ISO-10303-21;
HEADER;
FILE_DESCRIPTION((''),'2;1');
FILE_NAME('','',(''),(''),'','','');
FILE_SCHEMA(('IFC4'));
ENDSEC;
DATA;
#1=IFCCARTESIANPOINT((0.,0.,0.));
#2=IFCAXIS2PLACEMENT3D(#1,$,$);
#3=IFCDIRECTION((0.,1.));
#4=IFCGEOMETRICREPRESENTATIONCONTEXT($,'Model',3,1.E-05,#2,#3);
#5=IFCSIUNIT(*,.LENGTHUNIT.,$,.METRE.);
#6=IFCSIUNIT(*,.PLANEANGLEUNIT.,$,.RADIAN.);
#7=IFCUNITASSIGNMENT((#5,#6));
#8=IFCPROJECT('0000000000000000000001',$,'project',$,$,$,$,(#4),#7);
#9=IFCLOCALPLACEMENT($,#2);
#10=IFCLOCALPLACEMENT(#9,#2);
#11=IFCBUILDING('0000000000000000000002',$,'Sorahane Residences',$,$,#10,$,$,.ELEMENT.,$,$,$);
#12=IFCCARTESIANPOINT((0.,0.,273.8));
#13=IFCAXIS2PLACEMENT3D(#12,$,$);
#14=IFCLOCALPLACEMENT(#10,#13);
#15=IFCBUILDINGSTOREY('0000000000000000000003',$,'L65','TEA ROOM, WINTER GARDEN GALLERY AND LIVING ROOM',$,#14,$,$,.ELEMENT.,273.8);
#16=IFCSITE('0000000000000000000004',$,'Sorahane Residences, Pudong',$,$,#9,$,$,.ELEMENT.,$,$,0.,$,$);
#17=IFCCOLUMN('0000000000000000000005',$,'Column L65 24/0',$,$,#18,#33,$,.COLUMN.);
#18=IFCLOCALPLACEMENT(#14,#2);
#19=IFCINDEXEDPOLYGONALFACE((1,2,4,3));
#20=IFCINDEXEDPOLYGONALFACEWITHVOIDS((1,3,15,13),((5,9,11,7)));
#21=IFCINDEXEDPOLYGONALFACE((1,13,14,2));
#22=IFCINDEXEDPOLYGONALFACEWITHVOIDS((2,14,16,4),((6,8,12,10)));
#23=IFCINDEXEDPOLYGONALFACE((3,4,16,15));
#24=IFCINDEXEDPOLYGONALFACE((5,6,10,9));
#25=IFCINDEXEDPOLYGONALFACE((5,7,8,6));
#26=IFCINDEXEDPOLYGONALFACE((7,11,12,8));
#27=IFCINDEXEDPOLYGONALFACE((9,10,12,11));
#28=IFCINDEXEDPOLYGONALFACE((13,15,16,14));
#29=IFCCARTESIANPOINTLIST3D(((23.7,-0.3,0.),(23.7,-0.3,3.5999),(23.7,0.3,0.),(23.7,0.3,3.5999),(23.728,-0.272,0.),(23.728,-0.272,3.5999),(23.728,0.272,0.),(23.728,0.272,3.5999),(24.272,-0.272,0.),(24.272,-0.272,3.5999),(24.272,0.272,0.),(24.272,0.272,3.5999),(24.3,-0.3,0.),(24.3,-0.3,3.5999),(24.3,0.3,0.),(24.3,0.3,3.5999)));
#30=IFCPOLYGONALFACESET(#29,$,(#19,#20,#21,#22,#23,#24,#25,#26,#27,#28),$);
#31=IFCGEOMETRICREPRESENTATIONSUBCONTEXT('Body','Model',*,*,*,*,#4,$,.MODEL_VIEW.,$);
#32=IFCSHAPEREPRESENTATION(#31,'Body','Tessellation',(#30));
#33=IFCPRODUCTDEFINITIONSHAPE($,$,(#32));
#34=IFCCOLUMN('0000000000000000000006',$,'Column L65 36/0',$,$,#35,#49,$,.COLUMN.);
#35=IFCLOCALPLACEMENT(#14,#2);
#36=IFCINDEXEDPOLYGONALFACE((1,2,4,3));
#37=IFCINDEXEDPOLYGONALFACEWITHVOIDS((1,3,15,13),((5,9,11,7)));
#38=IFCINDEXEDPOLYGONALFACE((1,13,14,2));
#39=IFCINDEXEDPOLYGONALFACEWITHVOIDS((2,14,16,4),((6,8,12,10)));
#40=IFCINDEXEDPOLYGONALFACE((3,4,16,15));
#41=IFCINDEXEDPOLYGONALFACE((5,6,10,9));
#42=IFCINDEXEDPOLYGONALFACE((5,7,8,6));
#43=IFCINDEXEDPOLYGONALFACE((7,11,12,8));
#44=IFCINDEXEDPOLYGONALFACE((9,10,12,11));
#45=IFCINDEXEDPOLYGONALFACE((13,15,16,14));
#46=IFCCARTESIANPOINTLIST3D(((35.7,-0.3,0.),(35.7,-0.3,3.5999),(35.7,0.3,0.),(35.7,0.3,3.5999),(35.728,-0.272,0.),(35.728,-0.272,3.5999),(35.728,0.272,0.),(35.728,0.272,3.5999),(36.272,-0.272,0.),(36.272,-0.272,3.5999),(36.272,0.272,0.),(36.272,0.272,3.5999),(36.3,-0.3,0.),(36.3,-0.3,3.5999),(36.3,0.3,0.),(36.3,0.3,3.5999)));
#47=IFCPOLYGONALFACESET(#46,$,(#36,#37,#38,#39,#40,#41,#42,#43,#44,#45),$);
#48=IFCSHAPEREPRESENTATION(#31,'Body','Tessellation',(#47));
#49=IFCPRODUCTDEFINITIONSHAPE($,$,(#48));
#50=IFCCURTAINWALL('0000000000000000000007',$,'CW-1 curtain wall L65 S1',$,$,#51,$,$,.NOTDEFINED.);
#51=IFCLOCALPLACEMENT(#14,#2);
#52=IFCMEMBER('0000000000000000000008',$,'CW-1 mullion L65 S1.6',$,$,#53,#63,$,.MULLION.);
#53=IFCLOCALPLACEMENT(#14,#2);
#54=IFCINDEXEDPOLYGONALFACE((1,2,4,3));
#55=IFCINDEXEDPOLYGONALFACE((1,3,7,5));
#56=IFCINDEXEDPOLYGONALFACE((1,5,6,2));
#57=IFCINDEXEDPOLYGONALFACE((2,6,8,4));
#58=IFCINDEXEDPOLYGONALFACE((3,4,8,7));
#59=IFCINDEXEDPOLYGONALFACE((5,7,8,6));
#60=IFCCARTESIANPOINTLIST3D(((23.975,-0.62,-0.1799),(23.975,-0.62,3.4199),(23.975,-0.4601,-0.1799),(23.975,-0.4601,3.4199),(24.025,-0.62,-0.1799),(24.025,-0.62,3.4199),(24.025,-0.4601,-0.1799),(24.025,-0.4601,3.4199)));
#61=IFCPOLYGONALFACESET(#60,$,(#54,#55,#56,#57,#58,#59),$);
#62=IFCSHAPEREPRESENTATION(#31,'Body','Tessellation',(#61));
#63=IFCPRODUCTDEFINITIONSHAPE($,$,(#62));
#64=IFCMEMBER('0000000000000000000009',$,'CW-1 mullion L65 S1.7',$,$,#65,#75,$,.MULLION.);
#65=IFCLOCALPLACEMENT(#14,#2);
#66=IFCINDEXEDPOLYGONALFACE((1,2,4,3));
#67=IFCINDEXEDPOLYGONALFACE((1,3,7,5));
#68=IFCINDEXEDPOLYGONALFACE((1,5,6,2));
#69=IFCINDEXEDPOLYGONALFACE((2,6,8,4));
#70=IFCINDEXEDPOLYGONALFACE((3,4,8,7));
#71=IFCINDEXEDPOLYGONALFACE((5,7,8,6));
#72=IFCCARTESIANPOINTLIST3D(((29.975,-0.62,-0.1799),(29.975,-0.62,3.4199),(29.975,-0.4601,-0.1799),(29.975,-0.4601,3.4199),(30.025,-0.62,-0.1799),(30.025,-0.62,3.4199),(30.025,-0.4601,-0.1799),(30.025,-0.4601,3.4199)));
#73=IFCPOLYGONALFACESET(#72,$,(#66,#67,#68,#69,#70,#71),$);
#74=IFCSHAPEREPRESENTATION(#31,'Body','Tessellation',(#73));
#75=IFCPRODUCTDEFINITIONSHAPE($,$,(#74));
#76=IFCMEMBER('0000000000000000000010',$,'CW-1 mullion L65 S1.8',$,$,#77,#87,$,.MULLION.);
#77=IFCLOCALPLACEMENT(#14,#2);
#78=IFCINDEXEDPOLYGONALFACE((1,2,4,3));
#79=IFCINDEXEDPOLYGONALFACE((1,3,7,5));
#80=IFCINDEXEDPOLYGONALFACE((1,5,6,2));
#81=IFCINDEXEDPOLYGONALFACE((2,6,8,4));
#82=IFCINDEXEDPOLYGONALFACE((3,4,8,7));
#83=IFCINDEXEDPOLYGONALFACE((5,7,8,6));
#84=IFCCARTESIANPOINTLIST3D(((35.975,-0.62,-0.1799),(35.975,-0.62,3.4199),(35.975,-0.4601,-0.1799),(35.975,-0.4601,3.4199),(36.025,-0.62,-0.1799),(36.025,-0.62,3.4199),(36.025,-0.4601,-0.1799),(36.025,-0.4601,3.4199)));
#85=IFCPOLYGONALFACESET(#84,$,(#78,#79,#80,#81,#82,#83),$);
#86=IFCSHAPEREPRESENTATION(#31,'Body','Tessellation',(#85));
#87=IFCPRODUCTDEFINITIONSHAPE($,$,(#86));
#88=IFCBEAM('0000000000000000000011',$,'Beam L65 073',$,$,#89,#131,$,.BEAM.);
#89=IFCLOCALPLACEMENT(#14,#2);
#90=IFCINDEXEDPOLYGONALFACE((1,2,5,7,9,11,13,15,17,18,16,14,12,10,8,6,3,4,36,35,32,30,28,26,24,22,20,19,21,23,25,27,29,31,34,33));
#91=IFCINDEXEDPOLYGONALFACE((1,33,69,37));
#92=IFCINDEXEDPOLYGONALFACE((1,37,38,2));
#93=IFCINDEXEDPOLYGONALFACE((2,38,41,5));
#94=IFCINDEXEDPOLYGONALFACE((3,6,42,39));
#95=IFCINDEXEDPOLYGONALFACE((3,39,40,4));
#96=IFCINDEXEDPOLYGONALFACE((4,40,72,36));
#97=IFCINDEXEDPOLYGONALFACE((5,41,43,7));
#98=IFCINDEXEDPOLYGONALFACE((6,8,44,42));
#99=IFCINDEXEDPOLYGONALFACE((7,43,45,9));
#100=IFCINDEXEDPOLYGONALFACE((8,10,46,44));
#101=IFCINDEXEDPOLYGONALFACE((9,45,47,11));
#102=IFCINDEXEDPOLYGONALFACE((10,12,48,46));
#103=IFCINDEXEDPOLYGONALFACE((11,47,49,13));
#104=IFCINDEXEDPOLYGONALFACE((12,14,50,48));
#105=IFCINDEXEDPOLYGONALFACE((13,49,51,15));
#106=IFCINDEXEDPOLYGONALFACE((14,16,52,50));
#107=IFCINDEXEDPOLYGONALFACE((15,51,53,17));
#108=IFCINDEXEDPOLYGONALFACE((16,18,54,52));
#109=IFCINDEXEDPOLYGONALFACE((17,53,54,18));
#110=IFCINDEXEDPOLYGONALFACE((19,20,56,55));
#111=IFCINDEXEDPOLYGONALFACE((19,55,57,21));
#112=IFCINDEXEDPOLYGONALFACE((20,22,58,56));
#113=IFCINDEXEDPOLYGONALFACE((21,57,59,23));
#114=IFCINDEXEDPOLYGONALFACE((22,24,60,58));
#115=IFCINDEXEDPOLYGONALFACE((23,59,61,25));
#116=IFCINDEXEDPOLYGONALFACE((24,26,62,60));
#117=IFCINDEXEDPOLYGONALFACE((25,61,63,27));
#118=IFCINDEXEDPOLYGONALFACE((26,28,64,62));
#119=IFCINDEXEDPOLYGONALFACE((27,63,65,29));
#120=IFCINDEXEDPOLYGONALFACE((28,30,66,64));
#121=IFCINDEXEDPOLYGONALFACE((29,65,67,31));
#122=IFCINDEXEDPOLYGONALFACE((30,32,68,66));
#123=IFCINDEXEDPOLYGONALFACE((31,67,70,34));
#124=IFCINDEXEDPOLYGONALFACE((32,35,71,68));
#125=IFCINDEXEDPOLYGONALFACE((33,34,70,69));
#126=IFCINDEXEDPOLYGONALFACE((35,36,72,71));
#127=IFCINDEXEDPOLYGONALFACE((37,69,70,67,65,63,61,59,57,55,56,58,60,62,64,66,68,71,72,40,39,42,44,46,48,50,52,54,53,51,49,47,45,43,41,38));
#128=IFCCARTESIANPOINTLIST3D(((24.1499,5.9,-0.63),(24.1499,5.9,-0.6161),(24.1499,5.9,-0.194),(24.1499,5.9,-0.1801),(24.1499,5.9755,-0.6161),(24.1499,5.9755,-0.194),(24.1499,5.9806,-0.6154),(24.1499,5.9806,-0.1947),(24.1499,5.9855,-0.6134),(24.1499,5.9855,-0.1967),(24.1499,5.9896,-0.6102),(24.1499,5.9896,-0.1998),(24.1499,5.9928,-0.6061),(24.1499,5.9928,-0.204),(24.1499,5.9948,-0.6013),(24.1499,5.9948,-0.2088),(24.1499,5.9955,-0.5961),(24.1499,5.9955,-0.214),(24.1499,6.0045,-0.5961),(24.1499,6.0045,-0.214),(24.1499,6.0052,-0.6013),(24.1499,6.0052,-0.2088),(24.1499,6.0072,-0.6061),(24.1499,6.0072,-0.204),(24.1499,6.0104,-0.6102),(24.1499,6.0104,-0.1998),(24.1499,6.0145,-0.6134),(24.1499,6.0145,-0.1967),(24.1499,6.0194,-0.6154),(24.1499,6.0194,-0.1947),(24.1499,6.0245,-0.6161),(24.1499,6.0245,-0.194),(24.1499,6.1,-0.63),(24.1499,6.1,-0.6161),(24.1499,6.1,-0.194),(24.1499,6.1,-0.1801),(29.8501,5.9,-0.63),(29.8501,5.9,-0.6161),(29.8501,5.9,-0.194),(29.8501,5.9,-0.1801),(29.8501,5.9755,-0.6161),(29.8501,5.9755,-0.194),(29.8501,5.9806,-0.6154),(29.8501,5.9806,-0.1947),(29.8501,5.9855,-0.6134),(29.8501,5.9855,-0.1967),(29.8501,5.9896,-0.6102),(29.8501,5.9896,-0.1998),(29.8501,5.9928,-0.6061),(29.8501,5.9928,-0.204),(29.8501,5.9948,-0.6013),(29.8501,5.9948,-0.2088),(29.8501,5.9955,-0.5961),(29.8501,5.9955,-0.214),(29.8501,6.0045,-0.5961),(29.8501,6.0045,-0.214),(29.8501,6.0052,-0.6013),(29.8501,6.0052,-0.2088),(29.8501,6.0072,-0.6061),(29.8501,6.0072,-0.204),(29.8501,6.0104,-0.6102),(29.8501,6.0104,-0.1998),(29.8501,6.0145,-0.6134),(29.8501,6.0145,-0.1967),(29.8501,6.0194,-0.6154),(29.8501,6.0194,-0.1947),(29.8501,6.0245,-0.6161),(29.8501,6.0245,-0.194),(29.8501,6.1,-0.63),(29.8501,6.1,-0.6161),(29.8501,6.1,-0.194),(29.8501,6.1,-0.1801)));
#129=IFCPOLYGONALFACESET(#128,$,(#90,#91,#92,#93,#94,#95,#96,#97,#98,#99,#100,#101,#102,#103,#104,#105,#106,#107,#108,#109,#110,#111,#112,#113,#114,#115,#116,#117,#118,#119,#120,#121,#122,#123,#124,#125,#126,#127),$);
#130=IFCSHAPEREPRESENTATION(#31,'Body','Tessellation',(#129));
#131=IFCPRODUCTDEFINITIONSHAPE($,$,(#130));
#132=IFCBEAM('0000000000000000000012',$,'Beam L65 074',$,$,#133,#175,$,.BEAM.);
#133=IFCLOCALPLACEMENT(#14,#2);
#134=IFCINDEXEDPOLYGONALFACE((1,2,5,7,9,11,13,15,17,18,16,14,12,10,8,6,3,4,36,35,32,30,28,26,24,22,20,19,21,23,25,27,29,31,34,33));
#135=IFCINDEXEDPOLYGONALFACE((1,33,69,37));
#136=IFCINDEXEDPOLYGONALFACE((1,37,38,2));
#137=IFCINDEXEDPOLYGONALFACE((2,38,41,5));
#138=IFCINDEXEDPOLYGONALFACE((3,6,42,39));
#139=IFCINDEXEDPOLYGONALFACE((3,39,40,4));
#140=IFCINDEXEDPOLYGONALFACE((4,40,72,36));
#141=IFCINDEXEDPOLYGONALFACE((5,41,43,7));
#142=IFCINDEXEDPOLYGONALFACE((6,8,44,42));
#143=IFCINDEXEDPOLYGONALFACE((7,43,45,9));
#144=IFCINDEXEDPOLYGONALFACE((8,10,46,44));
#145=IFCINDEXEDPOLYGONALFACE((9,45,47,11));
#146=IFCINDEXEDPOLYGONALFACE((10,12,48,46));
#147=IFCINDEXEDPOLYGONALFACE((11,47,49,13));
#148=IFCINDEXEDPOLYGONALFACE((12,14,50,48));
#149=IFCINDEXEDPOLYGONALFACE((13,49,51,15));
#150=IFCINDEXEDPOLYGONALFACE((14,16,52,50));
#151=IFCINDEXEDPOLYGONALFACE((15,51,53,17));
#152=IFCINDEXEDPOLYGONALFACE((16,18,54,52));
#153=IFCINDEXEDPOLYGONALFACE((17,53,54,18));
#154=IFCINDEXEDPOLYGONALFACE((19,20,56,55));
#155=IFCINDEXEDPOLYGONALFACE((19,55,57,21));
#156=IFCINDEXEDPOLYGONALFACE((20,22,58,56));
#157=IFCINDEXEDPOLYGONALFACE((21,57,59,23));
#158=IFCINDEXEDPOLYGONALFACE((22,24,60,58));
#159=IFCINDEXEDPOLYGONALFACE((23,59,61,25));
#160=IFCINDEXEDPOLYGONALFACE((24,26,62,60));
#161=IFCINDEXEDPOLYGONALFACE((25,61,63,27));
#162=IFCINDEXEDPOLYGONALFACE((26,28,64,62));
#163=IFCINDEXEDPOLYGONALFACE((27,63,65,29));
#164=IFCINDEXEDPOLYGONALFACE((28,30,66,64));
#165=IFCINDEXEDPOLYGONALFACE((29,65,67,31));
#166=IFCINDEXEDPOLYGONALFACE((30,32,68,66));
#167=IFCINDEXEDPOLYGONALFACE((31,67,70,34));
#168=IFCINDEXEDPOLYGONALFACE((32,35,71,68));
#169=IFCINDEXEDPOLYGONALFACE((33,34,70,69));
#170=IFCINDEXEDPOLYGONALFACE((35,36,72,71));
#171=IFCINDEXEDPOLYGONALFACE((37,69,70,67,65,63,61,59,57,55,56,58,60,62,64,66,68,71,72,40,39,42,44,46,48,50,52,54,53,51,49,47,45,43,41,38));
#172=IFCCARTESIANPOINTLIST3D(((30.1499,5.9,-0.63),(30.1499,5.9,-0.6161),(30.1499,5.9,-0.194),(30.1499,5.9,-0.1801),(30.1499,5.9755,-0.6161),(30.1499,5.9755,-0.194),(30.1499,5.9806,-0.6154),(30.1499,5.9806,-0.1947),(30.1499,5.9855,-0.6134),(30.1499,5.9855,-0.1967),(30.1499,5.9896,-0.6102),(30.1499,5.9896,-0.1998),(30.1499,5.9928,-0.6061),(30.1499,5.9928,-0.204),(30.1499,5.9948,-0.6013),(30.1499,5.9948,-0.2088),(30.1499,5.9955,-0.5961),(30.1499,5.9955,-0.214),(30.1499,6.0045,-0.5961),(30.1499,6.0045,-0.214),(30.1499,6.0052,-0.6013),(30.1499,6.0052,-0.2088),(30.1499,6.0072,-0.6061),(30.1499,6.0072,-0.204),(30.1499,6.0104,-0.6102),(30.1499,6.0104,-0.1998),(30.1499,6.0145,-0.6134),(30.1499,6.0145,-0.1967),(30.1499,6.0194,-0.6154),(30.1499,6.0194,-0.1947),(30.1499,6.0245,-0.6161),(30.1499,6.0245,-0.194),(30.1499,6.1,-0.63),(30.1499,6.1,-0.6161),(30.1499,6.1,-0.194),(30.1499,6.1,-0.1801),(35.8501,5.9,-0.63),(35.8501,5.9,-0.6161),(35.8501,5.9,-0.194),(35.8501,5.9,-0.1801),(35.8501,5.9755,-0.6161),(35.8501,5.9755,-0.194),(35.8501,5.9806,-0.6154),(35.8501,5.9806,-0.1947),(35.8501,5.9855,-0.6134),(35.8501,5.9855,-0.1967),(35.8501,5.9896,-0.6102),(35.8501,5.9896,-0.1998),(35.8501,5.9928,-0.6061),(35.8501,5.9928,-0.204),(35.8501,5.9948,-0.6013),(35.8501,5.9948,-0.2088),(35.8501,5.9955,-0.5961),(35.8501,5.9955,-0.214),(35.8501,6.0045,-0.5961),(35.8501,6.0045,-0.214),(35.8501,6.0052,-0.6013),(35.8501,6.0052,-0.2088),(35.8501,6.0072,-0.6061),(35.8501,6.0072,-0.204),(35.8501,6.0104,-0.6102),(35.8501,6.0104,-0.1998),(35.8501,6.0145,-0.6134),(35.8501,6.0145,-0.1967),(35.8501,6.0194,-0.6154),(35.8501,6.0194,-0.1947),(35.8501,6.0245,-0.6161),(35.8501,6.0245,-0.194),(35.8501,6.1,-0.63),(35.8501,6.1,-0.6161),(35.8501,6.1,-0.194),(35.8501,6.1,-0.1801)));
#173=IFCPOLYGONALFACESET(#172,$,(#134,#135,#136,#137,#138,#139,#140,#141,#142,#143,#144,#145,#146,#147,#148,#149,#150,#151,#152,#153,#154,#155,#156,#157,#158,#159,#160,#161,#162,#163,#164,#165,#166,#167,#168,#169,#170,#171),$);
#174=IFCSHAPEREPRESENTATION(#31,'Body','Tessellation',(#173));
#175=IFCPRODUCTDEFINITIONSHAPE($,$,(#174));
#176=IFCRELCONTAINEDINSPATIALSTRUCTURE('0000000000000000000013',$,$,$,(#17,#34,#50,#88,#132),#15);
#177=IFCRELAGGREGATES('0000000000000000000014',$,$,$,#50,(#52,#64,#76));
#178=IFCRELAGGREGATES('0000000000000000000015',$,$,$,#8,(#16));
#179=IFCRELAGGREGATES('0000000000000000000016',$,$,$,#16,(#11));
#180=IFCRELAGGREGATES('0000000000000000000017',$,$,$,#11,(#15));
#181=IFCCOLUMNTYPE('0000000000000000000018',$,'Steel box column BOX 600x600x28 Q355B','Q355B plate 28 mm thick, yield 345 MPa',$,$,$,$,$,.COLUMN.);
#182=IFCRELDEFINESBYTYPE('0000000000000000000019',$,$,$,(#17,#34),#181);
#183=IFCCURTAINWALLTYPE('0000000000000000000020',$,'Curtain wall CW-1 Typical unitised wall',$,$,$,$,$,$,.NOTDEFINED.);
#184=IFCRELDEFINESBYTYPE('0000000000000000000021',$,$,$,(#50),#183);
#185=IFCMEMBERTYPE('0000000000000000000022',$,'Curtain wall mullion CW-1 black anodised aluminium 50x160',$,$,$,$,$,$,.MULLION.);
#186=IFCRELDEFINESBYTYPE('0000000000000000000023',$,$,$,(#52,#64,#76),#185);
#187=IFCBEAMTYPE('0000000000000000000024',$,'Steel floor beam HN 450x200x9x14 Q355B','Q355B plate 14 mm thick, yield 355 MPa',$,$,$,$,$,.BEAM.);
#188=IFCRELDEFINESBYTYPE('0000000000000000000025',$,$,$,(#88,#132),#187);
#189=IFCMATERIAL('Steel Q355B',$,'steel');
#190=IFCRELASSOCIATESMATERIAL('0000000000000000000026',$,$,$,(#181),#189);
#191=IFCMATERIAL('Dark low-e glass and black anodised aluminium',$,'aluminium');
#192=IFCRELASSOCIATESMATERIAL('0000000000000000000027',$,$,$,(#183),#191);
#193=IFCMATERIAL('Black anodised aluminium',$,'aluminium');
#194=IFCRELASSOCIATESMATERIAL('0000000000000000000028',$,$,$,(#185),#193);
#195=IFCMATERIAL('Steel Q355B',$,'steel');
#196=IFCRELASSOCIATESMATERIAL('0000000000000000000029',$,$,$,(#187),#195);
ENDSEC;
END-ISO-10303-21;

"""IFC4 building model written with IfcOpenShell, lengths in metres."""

from ifc_helpers import new_model, si_unit, direction, frame, origin, origin_2d, place, context, subcontext, project, spatial, rectangle, hollow_rectangle, i_section, extrude, material, material_profile, profile_set, type_object, element, aggregate, save


model = new_model("IFC4")

# Units and contexts
model_context = context("Model", 3, precision=1e-05, world=origin(), true_north=direction((0.0, 1.0)))
body_context = subcontext(model_context, "Body", "Model", "MODEL_VIEW")
ifc_project = project(units=[si_unit("LENGTHUNIT", "METRE"), si_unit("PLANEANGLEUNIT", "RADIAN")], contexts=[model_context])

# Site, building, storey
site_placement = place(None, origin())
site = spatial("IfcSite", under=ifc_project, at=site_placement, Name="Sorahane Residences, Pudong", CompositionType="ELEMENT", RefElevation=0.0)
building_placement = place(site_placement, origin())
building = spatial("IfcBuilding", under=site, at=building_placement, Name="Sorahane Residences", CompositionType="ELEMENT")
storey_placement = place(building_placement, frame((0.0, 0.0, 273.8)))
storey = spatial("IfcBuildingStorey", under=building, at=storey_placement, Name="L65", Description="TEA ROOM, WINTER GARDEN GALLERY AND LIVING ROOM", CompositionType="ELEMENT", Elevation=273.8)

# Columns
ifc_material_1 = material(Name="Steel Q355B", Category="steel")
ifc_material_profile_1 = material_profile(ifc_material_1, hollow_rectangle(XDim=0.6001, YDim=0.6001, WallThickness=0.0281, at=origin_2d()), Name="BOX 600x600x28")
ifc_profile_set_1 = profile_set([ifc_material_profile_1], Name="Steel Q355B")
column_type = type_object("IfcColumnType", Name="Steel box column BOX 600x600x28 Q355B", Description="Q355B plate 28 mm thick, yield 345 MPa", PredefinedType="COLUMN", material=ifc_profile_set_1)
for number, where, z_axis, x_axis, name in (
    (1, (24.0, 0.0, 0.0), (0.0, 0.0, 1.0), (1.0, 0.0, 0.0), "Column L65 24/0"),
    (2, (36.0, 0.0, 0.0), (0.0, 0.0, 1.0), (1.0, 0.0, 0.0), "Column L65 36/0"),
):
    element("IfcColumn", number, at=place(storey_placement, frame(where, z_axis=z_axis, x_axis=x_axis)), inside=storey, type_object=column_type, Name=name, PredefinedType="COLUMN", context=body_context, shape_type="SweptSolid", body=[
        extrude(hollow_rectangle(XDim=0.6001, YDim=0.6001, WallThickness=0.0281, at=origin_2d()), origin(), (0.0, 0.0, 1.0), 3.5999),
    ])

# Curtain wall, members
ifc_material_2 = material(Name="Dark low-e glass and black anodised aluminium", Category="aluminium")
curtain_wall_type = type_object("IfcCurtainWallType", Name="Curtain wall CW-1 Typical unitised wall", PredefinedType="NOTDEFINED", material=ifc_material_2)
curtain_wall_placement = place(storey_placement, origin())
curtain_wall = element("IfcCurtainWall", 3, at=curtain_wall_placement, inside=storey, type_object=curtain_wall_type, Name="CW-1 curtain wall L65 S1", PredefinedType="NOTDEFINED")
ifc_material_3 = material(Name="Black anodised aluminium", Category="aluminium")
ifc_material_profile_2 = material_profile(ifc_material_3, rectangle(XDim=0.1599, YDim=0.05, at=origin_2d()), Name="Curtain wall mullion CW-1 black anodised aluminium 50x160")
ifc_profile_set_2 = profile_set([ifc_material_profile_2], Name="Black anodised aluminium")
member_type = type_object("IfcMemberType", Name="Curtain wall mullion CW-1 black anodised aluminium 50x160", PredefinedType="MULLION", material=ifc_profile_set_2)
member_1_placement = place(storey_placement, frame((24.0, -0.54, -0.1799), z_axis=(0.0, 0.0, 1.0), x_axis=(0.0, -1.0, 0.0)))
member_1 = element("IfcMember", 4, at=member_1_placement, type_object=member_type, Name="CW-1 mullion L65 S1.6", PredefinedType="MULLION", context=body_context, shape_type="SweptSolid", body=[
    extrude(rectangle(XDim=0.1599, YDim=0.05, at=origin_2d()), origin(), (0.0, 0.0, 1.0), 3.5999),
])
member_2_placement = place(storey_placement, frame((30.0, -0.54, -0.1799), z_axis=(0.0, 0.0, 1.0), x_axis=(0.0, -1.0, 0.0)))
member_2 = element("IfcMember", 5, at=member_2_placement, type_object=member_type, Name="CW-1 mullion L65 S1.7", PredefinedType="MULLION", context=body_context, shape_type="SweptSolid", body=[
    extrude(rectangle(XDim=0.1599, YDim=0.05, at=origin_2d()), origin(), (0.0, 0.0, 1.0), 3.5999),
])
member_3_placement = place(storey_placement, frame((36.0, -0.54, -0.1799), z_axis=(0.0, 0.0, 1.0), x_axis=(0.0, -1.0, 0.0)))
member_3 = element("IfcMember", 6, at=member_3_placement, type_object=member_type, Name="CW-1 mullion L65 S1.8", PredefinedType="MULLION", context=body_context, shape_type="SweptSolid", body=[
    extrude(rectangle(XDim=0.1599, YDim=0.05, at=origin_2d()), origin(), (0.0, 0.0, 1.0), 3.5999),
])

# Beams
ifc_material_4 = material(Name="Steel Q355B", Category="steel")
ifc_material_profile_3 = material_profile(ifc_material_4, i_section(OverallWidth=0.2, OverallDepth=0.45, WebThickness=0.009, FlangeThickness=0.0139, FilletRadius=0.02, at=origin_2d()), Name="HN 450x200x9x14")
ifc_profile_set_3 = profile_set([ifc_material_profile_3], Name="Steel Q355B")
beam_type_1 = type_object("IfcBeamType", Name="Steel floor beam HN 450x200x9x14 Q355B", Description="Q355B plate 14 mm thick, yield 355 MPa", PredefinedType="BEAM", material=ifc_profile_set_3)
for number, where, z_axis, x_axis, name in (
    (7, (24.1499, 6.0, -0.405), (1.0, 0.0, 0.0), (0.0, 1.0, 0.0), "Beam L65 073"),
    (8, (30.1499, 6.0, -0.405), (1.0, 0.0, 0.0), (0.0, 1.0, 0.0), "Beam L65 074"),
):
    element("IfcBeam", number, at=place(storey_placement, frame(where, z_axis=z_axis, x_axis=x_axis)), inside=storey, type_object=beam_type_1, Name=name, PredefinedType="BEAM", context=body_context, shape_type="SweptSolid", body=[
        extrude(i_section(OverallWidth=0.2, OverallDepth=0.45, WebThickness=0.009, FlangeThickness=0.0139, FilletRadius=0.02, at=origin_2d()), origin(), (0.0, 0.0, 1.0), 5.7002),
    ])

aggregate(curtain_wall, [member_1, member_2, member_3])

save(model, "model.ifc")
